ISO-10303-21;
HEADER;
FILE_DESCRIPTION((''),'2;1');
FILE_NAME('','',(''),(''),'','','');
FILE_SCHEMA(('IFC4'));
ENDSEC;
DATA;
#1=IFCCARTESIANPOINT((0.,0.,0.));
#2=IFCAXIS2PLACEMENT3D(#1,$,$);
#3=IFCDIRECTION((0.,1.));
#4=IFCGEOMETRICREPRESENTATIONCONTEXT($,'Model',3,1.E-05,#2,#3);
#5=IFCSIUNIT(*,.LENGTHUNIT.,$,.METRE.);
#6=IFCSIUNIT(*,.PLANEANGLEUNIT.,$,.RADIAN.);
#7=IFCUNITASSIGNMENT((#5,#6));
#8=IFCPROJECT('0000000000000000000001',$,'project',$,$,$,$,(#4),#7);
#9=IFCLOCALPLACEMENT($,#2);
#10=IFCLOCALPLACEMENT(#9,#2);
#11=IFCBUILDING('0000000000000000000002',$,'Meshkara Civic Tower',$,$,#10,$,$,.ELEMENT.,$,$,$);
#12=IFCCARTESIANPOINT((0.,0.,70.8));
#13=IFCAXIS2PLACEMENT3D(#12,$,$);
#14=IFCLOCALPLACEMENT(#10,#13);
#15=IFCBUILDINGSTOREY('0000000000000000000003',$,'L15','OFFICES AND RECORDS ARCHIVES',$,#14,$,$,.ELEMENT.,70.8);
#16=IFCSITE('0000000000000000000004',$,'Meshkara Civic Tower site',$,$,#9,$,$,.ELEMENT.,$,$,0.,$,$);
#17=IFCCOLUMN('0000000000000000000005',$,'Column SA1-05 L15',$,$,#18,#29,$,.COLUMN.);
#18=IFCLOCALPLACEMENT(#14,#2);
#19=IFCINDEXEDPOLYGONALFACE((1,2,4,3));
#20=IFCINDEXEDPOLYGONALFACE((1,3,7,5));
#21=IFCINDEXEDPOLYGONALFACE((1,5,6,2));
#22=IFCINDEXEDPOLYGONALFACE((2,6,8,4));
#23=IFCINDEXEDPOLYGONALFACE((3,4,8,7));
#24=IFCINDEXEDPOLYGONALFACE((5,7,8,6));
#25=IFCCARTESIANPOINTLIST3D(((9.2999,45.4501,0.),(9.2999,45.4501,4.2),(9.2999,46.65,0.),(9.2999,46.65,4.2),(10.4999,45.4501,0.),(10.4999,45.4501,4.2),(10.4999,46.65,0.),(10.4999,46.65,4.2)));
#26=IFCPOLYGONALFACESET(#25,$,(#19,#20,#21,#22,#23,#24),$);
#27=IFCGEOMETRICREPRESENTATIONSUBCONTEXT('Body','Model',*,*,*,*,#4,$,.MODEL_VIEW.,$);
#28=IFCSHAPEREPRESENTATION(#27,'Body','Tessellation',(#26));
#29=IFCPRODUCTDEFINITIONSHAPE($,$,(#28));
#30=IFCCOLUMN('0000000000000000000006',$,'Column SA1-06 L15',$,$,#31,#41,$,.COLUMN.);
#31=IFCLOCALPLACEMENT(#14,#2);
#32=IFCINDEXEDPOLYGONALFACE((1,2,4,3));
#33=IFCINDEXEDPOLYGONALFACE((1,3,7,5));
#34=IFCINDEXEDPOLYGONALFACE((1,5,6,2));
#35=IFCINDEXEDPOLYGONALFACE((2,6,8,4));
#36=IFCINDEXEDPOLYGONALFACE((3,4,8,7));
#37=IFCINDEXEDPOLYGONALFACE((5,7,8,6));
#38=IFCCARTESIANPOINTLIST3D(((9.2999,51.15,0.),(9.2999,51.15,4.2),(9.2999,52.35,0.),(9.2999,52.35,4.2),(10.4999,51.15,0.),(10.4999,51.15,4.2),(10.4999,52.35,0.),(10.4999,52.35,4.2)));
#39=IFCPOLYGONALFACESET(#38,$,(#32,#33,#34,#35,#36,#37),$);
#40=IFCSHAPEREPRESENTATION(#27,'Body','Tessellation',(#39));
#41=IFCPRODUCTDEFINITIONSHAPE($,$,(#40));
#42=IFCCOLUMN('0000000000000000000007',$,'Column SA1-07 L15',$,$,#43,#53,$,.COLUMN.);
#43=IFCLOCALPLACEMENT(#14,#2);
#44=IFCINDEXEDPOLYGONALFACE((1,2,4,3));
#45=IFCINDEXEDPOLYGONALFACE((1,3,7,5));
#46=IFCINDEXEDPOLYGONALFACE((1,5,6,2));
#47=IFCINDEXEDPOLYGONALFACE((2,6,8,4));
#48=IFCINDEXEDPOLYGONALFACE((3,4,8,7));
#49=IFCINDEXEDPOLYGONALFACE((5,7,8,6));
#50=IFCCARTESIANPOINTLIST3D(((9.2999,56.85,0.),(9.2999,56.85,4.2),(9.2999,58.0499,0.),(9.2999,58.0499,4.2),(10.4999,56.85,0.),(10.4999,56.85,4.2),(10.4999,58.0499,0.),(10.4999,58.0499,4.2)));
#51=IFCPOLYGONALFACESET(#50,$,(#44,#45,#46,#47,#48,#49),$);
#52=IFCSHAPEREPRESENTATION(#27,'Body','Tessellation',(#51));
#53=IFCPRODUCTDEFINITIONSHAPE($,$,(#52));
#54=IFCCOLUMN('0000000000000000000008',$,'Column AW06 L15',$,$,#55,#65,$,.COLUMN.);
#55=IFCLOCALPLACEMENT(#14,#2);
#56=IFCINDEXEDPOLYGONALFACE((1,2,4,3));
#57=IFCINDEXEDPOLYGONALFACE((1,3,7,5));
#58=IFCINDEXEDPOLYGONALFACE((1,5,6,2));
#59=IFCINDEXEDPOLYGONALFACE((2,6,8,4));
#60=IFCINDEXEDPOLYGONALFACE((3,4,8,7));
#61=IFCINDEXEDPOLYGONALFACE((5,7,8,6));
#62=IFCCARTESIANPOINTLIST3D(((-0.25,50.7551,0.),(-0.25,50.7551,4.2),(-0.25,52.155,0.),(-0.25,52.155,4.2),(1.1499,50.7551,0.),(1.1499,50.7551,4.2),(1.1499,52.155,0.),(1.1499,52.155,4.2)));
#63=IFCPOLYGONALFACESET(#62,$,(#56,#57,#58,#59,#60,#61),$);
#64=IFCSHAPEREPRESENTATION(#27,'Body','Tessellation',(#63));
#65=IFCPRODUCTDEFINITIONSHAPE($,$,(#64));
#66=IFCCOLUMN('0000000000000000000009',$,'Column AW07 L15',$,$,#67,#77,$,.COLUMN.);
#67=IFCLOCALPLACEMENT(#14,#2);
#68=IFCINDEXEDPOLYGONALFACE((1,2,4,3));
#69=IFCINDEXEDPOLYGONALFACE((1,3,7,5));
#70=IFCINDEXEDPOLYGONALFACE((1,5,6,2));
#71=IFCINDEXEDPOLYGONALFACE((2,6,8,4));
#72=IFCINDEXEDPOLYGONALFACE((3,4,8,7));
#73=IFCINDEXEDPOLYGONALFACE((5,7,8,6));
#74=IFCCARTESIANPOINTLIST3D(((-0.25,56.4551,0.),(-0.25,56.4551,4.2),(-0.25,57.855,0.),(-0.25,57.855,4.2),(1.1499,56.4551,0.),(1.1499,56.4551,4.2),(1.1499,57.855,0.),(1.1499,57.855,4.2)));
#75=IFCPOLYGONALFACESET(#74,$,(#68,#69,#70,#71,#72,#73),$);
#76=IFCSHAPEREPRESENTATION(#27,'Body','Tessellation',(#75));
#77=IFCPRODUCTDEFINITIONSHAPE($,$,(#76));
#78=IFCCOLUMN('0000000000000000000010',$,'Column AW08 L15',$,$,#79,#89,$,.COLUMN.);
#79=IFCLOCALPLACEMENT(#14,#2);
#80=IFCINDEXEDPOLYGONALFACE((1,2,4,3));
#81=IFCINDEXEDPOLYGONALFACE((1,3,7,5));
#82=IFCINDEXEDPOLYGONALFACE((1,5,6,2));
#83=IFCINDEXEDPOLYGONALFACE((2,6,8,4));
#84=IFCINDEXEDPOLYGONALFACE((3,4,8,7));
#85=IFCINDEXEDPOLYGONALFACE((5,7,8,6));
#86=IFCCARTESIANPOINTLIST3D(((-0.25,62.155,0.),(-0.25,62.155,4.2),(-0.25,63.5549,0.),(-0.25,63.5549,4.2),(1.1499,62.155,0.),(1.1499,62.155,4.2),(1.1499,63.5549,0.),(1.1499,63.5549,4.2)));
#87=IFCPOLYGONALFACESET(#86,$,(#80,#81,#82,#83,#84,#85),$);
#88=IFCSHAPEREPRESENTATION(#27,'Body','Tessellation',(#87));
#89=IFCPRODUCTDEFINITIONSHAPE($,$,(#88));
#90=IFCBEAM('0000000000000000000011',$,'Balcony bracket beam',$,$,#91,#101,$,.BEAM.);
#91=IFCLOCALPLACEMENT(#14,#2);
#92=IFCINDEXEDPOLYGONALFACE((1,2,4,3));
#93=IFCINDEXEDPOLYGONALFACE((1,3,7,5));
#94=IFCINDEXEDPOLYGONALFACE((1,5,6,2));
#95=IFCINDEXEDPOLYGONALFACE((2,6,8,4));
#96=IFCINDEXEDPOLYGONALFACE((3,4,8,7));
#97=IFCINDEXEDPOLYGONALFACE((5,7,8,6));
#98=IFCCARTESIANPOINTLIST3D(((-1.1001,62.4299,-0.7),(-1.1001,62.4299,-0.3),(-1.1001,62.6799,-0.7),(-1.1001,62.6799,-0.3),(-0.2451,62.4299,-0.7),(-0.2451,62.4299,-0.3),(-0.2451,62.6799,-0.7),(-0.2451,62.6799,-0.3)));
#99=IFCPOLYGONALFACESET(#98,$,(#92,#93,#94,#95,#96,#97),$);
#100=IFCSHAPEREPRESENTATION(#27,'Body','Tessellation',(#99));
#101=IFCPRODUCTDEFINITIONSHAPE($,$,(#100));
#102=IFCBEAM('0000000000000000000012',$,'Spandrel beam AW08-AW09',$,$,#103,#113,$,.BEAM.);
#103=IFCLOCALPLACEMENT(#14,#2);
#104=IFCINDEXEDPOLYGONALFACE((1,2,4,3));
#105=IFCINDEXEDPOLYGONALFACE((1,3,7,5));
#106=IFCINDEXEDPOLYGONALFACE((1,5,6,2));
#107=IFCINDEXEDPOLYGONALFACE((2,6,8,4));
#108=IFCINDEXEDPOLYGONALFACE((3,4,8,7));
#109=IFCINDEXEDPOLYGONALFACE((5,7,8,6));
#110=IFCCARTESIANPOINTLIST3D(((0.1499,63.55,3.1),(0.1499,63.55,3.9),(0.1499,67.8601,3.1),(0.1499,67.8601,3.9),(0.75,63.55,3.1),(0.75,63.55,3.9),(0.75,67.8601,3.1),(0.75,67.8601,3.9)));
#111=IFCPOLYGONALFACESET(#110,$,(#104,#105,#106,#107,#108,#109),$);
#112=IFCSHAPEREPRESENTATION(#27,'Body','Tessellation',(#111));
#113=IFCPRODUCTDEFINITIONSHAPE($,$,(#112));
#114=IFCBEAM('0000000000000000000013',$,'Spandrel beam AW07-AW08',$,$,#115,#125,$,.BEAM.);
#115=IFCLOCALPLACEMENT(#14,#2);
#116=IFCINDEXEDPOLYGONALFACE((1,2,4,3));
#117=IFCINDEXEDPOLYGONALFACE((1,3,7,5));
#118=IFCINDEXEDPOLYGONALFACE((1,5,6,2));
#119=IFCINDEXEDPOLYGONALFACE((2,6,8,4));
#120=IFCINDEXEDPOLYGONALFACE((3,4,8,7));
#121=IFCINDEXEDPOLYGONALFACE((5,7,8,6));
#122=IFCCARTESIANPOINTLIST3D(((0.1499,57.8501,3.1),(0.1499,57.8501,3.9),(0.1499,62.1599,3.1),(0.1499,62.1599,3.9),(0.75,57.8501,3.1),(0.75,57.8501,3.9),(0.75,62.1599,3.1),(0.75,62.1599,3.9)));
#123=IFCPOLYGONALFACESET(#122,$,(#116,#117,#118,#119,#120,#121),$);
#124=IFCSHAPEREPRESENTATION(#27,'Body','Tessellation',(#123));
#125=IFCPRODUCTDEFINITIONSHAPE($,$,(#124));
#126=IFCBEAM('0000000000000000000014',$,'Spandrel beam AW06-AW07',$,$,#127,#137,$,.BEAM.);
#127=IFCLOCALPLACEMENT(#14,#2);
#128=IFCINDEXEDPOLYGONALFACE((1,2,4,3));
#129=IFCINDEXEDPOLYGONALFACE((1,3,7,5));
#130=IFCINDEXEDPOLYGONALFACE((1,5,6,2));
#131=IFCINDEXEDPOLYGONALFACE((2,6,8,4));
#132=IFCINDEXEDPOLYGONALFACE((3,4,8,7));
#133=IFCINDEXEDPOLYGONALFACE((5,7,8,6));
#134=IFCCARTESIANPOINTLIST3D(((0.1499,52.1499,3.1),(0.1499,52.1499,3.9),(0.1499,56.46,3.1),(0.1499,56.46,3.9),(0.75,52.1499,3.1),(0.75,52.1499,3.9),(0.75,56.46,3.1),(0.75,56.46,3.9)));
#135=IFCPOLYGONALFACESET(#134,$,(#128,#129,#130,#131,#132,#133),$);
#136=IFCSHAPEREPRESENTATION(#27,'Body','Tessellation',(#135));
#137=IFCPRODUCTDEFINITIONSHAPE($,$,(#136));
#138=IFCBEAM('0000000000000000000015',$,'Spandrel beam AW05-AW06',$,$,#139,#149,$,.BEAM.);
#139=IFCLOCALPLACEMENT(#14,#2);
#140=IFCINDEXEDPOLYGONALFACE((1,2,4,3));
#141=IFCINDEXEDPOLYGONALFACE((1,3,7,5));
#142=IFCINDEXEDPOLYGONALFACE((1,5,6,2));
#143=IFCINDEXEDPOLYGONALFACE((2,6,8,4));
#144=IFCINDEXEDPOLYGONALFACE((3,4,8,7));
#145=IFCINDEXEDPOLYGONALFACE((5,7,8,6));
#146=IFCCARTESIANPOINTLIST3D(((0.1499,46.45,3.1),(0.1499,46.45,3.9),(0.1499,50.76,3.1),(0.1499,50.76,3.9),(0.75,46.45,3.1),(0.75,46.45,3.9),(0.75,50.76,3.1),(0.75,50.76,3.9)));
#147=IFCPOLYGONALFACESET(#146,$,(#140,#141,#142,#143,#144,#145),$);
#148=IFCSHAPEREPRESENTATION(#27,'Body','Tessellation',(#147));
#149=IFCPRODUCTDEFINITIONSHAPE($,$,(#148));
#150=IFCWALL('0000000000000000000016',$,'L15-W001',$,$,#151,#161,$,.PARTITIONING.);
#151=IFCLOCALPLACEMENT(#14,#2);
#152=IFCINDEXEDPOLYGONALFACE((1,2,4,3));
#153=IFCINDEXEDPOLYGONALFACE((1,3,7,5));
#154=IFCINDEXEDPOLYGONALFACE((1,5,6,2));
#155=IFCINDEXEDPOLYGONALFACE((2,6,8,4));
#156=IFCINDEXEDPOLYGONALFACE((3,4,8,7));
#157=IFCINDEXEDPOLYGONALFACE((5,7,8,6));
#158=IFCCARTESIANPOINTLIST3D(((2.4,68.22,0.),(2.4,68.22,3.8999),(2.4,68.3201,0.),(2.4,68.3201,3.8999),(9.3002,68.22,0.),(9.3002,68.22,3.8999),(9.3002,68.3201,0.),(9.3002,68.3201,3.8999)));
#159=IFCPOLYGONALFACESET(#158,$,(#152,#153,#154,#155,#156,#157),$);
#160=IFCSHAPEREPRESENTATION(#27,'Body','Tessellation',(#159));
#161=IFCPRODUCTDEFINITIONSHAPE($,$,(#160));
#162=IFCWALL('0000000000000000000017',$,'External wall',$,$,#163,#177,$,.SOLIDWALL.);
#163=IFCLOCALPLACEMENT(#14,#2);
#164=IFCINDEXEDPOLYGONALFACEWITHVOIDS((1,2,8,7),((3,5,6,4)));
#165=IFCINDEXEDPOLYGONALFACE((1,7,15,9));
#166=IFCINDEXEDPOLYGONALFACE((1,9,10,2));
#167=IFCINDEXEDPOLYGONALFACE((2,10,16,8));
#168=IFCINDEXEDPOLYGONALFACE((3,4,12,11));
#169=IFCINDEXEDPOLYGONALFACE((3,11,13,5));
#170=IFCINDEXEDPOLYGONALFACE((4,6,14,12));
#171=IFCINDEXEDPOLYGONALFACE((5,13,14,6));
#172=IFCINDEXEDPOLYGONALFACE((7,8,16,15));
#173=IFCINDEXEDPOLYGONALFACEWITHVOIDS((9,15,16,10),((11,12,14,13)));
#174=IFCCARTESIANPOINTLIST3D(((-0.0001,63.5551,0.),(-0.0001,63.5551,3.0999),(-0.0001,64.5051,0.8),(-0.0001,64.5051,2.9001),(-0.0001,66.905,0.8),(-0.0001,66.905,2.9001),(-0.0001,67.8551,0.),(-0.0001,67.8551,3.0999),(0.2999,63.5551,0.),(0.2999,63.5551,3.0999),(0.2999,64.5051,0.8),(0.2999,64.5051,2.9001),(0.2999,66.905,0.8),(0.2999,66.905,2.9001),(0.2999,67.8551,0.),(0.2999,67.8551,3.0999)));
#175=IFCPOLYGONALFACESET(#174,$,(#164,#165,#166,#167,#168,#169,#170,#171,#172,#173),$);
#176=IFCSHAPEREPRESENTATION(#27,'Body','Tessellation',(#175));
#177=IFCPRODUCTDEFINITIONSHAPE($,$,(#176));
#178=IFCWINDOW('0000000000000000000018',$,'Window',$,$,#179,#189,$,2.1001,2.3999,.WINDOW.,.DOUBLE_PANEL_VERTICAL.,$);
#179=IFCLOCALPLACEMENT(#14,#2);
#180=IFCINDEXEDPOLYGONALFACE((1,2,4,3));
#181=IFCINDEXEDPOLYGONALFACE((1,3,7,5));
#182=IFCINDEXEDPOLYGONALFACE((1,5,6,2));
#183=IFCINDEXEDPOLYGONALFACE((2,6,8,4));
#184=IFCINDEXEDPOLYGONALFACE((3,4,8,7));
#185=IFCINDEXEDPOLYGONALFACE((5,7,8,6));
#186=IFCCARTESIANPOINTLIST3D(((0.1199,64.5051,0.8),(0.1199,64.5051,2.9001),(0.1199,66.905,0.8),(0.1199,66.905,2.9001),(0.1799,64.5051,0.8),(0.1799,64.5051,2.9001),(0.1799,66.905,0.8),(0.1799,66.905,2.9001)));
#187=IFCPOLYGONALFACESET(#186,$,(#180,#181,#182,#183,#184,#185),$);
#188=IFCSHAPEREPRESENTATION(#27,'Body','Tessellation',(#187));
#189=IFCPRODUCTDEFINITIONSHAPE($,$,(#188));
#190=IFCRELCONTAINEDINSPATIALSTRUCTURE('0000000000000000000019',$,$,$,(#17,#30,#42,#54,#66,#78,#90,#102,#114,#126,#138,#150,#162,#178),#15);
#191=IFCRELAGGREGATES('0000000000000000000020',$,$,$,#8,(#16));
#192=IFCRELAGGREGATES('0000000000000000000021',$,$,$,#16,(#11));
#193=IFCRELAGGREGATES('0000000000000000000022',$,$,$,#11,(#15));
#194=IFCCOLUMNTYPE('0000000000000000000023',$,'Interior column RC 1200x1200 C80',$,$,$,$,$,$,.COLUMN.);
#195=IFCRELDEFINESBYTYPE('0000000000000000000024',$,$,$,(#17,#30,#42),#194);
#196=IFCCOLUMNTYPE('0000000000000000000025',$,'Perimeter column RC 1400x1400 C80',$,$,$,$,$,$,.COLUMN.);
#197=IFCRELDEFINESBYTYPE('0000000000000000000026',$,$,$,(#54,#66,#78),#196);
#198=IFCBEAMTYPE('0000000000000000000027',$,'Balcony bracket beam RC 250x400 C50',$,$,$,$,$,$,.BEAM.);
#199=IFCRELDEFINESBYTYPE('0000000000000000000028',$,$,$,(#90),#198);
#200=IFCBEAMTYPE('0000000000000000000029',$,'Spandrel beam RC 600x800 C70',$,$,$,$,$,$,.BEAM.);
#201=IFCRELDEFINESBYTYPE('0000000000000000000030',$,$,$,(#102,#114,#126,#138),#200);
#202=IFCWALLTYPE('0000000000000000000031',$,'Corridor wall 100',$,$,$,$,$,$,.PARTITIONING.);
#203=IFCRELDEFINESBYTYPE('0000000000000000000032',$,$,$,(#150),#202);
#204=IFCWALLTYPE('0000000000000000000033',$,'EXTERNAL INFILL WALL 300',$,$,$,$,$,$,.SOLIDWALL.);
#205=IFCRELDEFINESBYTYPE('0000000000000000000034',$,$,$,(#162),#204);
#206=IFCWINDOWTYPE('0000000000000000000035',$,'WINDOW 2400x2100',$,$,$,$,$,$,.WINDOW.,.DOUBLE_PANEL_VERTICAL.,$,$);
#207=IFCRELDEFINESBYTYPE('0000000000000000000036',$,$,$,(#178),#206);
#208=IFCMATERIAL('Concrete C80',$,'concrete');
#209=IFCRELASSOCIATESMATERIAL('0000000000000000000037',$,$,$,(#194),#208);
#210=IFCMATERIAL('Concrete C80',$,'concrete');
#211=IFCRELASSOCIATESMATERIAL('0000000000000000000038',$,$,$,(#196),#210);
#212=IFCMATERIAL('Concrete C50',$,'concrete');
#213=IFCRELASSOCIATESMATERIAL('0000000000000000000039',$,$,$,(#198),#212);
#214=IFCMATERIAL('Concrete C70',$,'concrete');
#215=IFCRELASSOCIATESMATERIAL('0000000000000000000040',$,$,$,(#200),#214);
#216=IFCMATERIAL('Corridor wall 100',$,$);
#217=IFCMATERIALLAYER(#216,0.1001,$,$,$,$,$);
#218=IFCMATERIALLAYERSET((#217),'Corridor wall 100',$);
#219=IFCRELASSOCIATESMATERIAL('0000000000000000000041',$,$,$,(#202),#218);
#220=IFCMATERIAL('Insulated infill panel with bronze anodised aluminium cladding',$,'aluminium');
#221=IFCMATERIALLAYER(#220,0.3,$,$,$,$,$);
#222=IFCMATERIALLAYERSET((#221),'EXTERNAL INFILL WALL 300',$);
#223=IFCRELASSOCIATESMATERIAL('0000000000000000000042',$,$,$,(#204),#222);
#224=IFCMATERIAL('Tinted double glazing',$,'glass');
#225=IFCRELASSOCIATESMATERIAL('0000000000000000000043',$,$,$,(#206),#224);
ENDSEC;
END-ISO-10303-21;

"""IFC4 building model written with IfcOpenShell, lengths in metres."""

from ifc_helpers import new_model, si_unit, direction, frame, frame_2d, origin, origin_2d, place, context, subcontext, project, spatial, rectangle, extrude, material, layer, layer_set, material_profile, profile_set, type_object, element, fill, save


model = new_model("IFC4")

# Units and contexts
model_context = context("Model", 3, precision=1e-05, world=origin(), true_north=direction((0.0, 1.0)))
body_context = subcontext(model_context, "Body", "Model", "MODEL_VIEW")
ifc_project = project(units=[si_unit("LENGTHUNIT", "METRE"), si_unit("PLANEANGLEUNIT", "RADIAN")], contexts=[model_context])

# Site, building, storey
site_placement = place(None, origin())
site = spatial("IfcSite", under=ifc_project, at=site_placement, Name="Meshkara Civic Tower site", CompositionType="ELEMENT", RefElevation=0.0)
building_placement = place(site_placement, origin())
building = spatial("IfcBuilding", under=site, at=building_placement, Name="Meshkara Civic Tower", CompositionType="ELEMENT")
storey_placement = place(building_placement, frame((0.0, 0.0, 70.8)))
storey = spatial("IfcBuildingStorey", under=building, at=storey_placement, Name="L15", Description="OFFICES AND RECORDS ARCHIVES", CompositionType="ELEMENT", Elevation=70.8)

# Columns
ifc_material_1 = material(Name="Concrete C80", Category="concrete")
ifc_material_profile_1 = material_profile(ifc_material_1, rectangle(XDim=1.2, YDim=1.2, at=origin_2d()))
ifc_profile_set_1 = profile_set([ifc_material_profile_1], Name="Concrete C80")
column_type_1 = type_object("IfcColumnType", Name="Interior column RC 1200x1200 C80", PredefinedType="COLUMN", material=ifc_profile_set_1)
for number, where, z_axis, x_axis, name in (
    (1, (9.8999, 46.05, 0.0), (0.0, 0.0, 1.0), (1.0, 0.0, 0.0), "Column SA1-05 L15"),
    (2, (9.8999, 51.75, 0.0), (0.0, 0.0, 1.0), (1.0, 0.0, 0.0), "Column SA1-06 L15"),
    (3, (9.8999, 57.45, 0.0), (0.0, 0.0, 1.0), (1.0, 0.0, 0.0), "Column SA1-07 L15"),
):
    element("IfcColumn", number, at=place(storey_placement, frame(where, z_axis=z_axis, x_axis=x_axis)), inside=storey, type_object=column_type_1, Name=name, PredefinedType="COLUMN", context=body_context, shape_type="SweptSolid", body=[
        extrude(rectangle(XDim=1.2, YDim=1.2, at=origin_2d()), origin(), (0.0, 0.0, 1.0), 4.2),
    ])
ifc_material_2 = material(Name="Concrete C80", Category="concrete")
ifc_material_profile_2 = material_profile(ifc_material_2, rectangle(XDim=1.3999, YDim=1.3999, at=origin_2d()))
ifc_profile_set_2 = profile_set([ifc_material_profile_2], Name="Concrete C80")
column_type_2 = type_object("IfcColumnType", Name="Perimeter column RC 1400x1400 C80", PredefinedType="COLUMN", material=ifc_profile_set_2)
for number, where, z_axis, x_axis, name in (
    (4, (0.45, 51.4551, 0.0), (0.0, 0.0, 1.0), (1.0, 0.0, 0.0), "Column AW06 L15"),
    (5, (0.45, 57.155, 0.0), (0.0, 0.0, 1.0), (1.0, 0.0, 0.0), "Column AW07 L15"),
    (6, (0.45, 62.855, 0.0), (0.0, 0.0, 1.0), (1.0, 0.0, 0.0), "Column AW08 L15"),
):
    element("IfcColumn", number, at=place(storey_placement, frame(where, z_axis=z_axis, x_axis=x_axis)), inside=storey, type_object=column_type_2, Name=name, PredefinedType="COLUMN", context=body_context, shape_type="SweptSolid", body=[
        extrude(rectangle(XDim=1.3999, YDim=1.3999, at=origin_2d()), origin(), (0.0, 0.0, 1.0), 4.2),
    ])

# Beams
ifc_material_3 = material(Name="Concrete C50", Category="concrete")
ifc_material_profile_3 = material_profile(ifc_material_3, rectangle(XDim=0.25, YDim=0.3999, at=origin_2d()))
ifc_profile_set_3 = profile_set([ifc_material_profile_3], Name="Concrete C50")
beam_type_1 = type_object("IfcBeamType", Name="Balcony bracket beam RC 250x400 C50", PredefinedType="BEAM", material=ifc_profile_set_3)
beam_1_placement = place(storey_placement, frame((-0.2451, 62.5549, -0.5), z_axis=(-1.0, 0.0, 0.0), x_axis=(0.0, -1.0, 0.0)))
element("IfcBeam", 7, at=beam_1_placement, inside=storey, type_object=beam_type_1, Name="Balcony bracket beam", PredefinedType="BEAM", context=body_context, shape_type="SweptSolid", body=[
    extrude(rectangle(XDim=0.25, YDim=0.3999, at=origin_2d()), origin(), (0.0, 0.0, 1.0), 0.855),
])
ifc_material_4 = material(Name="Concrete C70", Category="concrete")
ifc_material_profile_4 = material_profile(ifc_material_4, rectangle(XDim=0.6001, YDim=0.8, at=origin_2d()))
ifc_profile_set_4 = profile_set([ifc_material_profile_4], Name="Concrete C70")
beam_type_2 = type_object("IfcBeamType", Name="Spandrel beam RC 600x800 C70", PredefinedType="BEAM", material=ifc_profile_set_4)
beam_2_placement = place(storey_placement, frame((0.45, 67.8601, 3.5), z_axis=(0.0, -1.0, 0.0), x_axis=(1.0, 0.0, 0.0)))
element("IfcBeam", 8, at=beam_2_placement, inside=storey, type_object=beam_type_2, Name="Spandrel beam AW08-AW09", PredefinedType="BEAM", context=body_context, shape_type="SweptSolid", body=[
    extrude(rectangle(XDim=0.6001, YDim=0.8, at=origin_2d()), origin(), (0.0, 0.0, 1.0), 4.3101),
])
beam_3_placement = place(storey_placement, frame((0.45, 62.1599, 3.5), z_axis=(0.0, -1.0, 0.0), x_axis=(1.0, 0.0, 0.0)))
element("IfcBeam", 9, at=beam_3_placement, inside=storey, type_object=beam_type_2, Name="Spandrel beam AW07-AW08", PredefinedType="BEAM", context=body_context, shape_type="SweptSolid", body=[
    extrude(rectangle(XDim=0.6001, YDim=0.8, at=origin_2d()), origin(), (0.0, 0.0, 1.0), 4.3098),
])
for number, where, z_axis, x_axis, name in (
    (10, (0.45, 56.46, 3.5), (0.0, -1.0, 0.0), (1.0, 0.0, 0.0), "Spandrel beam AW06-AW07"),
    (11, (0.45, 50.76, 3.5), (0.0, -1.0, 0.0), (1.0, 0.0, 0.0), "Spandrel beam AW05-AW06"),
):
    element("IfcBeam", number, at=place(storey_placement, frame(where, z_axis=z_axis, x_axis=x_axis)), inside=storey, type_object=beam_type_2, Name=name, PredefinedType="BEAM", context=body_context, shape_type="SweptSolid", body=[
        extrude(rectangle(XDim=0.6001, YDim=0.8, at=origin_2d()), origin(), (0.0, 0.0, 1.0), 4.3101),
    ])

# Wall
ifc_material_5 = material(Name="Corridor wall 100")
ifc_layer_1 = layer(ifc_material_5, 0.1001)
ifc_layer_set_1 = layer_set([ifc_layer_1], Name="Corridor wall 100")
wall_type_1 = type_object("IfcWallType", Name="Corridor wall 100", PredefinedType="PARTITIONING", material=ifc_layer_set_1)
wall_1_placement = place(storey_placement, frame((2.3999, 68.27, 0.0), z_axis=(0.0, 0.0, 1.0), x_axis=(1.0, 0.0, 0.0)))
element("IfcWall", 12, at=wall_1_placement, inside=storey, type_object=wall_type_1, Name="L15-W001", PredefinedType="PARTITIONING", context=body_context, shape_type="SweptSolid", body=[
    extrude(rectangle(XDim=6.9001, YDim=0.1001, at=frame_2d((3.4502, 0.0))), origin(), (0.0, 0.0, 1.0), 3.8999),
])

# Wall, opening, window
ifc_material_6 = material(Name="Insulated infill panel with bronze anodised aluminium cladding", Category="aluminium")
ifc_layer_2 = layer(ifc_material_6, 0.3)
ifc_layer_set_2 = layer_set([ifc_layer_2], Name="EXTERNAL INFILL WALL 300")
wall_type_2 = type_object("IfcWallType", Name="EXTERNAL INFILL WALL 300", PredefinedType="SOLIDWALL", material=ifc_layer_set_2)
wall_2_placement = place(storey_placement, frame((0.1499, 67.855, 0.0), z_axis=(0.0, 0.0, 1.0), x_axis=(0.0, -1.0, 0.0)))
wall_2 = element("IfcWall", 13, at=wall_2_placement, inside=storey, type_object=wall_type_2, Name="External wall", PredefinedType="SOLIDWALL", context=body_context, shape_type="SweptSolid", body=[
    extrude(rectangle(XDim=4.3, YDim=0.3, at=frame_2d((2.1499, 0.0))), origin(), (0.0, 0.0, 1.0), 3.0999),
])
opening_1_placement = place(wall_2_placement, frame((0.95, 0.0, 0.8)))
opening_1 = element("IfcOpeningElement", 14, at=opening_1_placement, cuts=wall_2, PredefinedType="OPENING", context=body_context, shape_type="SweptSolid", body=[
    extrude(rectangle(XDim=2.3999, YDim=2.1001, at=frame_2d((1.2, 1.05))), frame((0.0, 0.1599, 0.0), z_axis=(0.0, -1.0, 0.0), x_axis=(1.0, 0.0, 0.0)), (0.0, 0.0, 1.0), 0.3201),
])
ifc_material_7 = material(Name="Tinted double glazing", Category="glass")
window_type = type_object("IfcWindowType", Name="WINDOW 2400x2100", PartitioningType="DOUBLE_PANEL_VERTICAL", PredefinedType="WINDOW", material=ifc_material_7)
window_1_placement = place(opening_1_placement, origin())
window_1 = element("IfcWindow", 15, at=window_1_placement, inside=storey, type_object=window_type, Name="Window", OverallHeight=2.1001, OverallWidth=2.3999, PartitioningType="DOUBLE_PANEL_VERTICAL", PredefinedType="WINDOW", context=body_context, shape_type="SweptSolid", body=[
    extrude(rectangle(XDim=2.3999, YDim=2.1001, at=frame_2d((1.2, 1.05))), frame((0.0, 0.03, 0.0), z_axis=(0.0, -1.0, 0.0), x_axis=(1.0, 0.0, 0.0)), (0.0, 0.0, 1.0), 0.0601),
])
fill(opening_1, window_1)

save(model, "model.ifc")
